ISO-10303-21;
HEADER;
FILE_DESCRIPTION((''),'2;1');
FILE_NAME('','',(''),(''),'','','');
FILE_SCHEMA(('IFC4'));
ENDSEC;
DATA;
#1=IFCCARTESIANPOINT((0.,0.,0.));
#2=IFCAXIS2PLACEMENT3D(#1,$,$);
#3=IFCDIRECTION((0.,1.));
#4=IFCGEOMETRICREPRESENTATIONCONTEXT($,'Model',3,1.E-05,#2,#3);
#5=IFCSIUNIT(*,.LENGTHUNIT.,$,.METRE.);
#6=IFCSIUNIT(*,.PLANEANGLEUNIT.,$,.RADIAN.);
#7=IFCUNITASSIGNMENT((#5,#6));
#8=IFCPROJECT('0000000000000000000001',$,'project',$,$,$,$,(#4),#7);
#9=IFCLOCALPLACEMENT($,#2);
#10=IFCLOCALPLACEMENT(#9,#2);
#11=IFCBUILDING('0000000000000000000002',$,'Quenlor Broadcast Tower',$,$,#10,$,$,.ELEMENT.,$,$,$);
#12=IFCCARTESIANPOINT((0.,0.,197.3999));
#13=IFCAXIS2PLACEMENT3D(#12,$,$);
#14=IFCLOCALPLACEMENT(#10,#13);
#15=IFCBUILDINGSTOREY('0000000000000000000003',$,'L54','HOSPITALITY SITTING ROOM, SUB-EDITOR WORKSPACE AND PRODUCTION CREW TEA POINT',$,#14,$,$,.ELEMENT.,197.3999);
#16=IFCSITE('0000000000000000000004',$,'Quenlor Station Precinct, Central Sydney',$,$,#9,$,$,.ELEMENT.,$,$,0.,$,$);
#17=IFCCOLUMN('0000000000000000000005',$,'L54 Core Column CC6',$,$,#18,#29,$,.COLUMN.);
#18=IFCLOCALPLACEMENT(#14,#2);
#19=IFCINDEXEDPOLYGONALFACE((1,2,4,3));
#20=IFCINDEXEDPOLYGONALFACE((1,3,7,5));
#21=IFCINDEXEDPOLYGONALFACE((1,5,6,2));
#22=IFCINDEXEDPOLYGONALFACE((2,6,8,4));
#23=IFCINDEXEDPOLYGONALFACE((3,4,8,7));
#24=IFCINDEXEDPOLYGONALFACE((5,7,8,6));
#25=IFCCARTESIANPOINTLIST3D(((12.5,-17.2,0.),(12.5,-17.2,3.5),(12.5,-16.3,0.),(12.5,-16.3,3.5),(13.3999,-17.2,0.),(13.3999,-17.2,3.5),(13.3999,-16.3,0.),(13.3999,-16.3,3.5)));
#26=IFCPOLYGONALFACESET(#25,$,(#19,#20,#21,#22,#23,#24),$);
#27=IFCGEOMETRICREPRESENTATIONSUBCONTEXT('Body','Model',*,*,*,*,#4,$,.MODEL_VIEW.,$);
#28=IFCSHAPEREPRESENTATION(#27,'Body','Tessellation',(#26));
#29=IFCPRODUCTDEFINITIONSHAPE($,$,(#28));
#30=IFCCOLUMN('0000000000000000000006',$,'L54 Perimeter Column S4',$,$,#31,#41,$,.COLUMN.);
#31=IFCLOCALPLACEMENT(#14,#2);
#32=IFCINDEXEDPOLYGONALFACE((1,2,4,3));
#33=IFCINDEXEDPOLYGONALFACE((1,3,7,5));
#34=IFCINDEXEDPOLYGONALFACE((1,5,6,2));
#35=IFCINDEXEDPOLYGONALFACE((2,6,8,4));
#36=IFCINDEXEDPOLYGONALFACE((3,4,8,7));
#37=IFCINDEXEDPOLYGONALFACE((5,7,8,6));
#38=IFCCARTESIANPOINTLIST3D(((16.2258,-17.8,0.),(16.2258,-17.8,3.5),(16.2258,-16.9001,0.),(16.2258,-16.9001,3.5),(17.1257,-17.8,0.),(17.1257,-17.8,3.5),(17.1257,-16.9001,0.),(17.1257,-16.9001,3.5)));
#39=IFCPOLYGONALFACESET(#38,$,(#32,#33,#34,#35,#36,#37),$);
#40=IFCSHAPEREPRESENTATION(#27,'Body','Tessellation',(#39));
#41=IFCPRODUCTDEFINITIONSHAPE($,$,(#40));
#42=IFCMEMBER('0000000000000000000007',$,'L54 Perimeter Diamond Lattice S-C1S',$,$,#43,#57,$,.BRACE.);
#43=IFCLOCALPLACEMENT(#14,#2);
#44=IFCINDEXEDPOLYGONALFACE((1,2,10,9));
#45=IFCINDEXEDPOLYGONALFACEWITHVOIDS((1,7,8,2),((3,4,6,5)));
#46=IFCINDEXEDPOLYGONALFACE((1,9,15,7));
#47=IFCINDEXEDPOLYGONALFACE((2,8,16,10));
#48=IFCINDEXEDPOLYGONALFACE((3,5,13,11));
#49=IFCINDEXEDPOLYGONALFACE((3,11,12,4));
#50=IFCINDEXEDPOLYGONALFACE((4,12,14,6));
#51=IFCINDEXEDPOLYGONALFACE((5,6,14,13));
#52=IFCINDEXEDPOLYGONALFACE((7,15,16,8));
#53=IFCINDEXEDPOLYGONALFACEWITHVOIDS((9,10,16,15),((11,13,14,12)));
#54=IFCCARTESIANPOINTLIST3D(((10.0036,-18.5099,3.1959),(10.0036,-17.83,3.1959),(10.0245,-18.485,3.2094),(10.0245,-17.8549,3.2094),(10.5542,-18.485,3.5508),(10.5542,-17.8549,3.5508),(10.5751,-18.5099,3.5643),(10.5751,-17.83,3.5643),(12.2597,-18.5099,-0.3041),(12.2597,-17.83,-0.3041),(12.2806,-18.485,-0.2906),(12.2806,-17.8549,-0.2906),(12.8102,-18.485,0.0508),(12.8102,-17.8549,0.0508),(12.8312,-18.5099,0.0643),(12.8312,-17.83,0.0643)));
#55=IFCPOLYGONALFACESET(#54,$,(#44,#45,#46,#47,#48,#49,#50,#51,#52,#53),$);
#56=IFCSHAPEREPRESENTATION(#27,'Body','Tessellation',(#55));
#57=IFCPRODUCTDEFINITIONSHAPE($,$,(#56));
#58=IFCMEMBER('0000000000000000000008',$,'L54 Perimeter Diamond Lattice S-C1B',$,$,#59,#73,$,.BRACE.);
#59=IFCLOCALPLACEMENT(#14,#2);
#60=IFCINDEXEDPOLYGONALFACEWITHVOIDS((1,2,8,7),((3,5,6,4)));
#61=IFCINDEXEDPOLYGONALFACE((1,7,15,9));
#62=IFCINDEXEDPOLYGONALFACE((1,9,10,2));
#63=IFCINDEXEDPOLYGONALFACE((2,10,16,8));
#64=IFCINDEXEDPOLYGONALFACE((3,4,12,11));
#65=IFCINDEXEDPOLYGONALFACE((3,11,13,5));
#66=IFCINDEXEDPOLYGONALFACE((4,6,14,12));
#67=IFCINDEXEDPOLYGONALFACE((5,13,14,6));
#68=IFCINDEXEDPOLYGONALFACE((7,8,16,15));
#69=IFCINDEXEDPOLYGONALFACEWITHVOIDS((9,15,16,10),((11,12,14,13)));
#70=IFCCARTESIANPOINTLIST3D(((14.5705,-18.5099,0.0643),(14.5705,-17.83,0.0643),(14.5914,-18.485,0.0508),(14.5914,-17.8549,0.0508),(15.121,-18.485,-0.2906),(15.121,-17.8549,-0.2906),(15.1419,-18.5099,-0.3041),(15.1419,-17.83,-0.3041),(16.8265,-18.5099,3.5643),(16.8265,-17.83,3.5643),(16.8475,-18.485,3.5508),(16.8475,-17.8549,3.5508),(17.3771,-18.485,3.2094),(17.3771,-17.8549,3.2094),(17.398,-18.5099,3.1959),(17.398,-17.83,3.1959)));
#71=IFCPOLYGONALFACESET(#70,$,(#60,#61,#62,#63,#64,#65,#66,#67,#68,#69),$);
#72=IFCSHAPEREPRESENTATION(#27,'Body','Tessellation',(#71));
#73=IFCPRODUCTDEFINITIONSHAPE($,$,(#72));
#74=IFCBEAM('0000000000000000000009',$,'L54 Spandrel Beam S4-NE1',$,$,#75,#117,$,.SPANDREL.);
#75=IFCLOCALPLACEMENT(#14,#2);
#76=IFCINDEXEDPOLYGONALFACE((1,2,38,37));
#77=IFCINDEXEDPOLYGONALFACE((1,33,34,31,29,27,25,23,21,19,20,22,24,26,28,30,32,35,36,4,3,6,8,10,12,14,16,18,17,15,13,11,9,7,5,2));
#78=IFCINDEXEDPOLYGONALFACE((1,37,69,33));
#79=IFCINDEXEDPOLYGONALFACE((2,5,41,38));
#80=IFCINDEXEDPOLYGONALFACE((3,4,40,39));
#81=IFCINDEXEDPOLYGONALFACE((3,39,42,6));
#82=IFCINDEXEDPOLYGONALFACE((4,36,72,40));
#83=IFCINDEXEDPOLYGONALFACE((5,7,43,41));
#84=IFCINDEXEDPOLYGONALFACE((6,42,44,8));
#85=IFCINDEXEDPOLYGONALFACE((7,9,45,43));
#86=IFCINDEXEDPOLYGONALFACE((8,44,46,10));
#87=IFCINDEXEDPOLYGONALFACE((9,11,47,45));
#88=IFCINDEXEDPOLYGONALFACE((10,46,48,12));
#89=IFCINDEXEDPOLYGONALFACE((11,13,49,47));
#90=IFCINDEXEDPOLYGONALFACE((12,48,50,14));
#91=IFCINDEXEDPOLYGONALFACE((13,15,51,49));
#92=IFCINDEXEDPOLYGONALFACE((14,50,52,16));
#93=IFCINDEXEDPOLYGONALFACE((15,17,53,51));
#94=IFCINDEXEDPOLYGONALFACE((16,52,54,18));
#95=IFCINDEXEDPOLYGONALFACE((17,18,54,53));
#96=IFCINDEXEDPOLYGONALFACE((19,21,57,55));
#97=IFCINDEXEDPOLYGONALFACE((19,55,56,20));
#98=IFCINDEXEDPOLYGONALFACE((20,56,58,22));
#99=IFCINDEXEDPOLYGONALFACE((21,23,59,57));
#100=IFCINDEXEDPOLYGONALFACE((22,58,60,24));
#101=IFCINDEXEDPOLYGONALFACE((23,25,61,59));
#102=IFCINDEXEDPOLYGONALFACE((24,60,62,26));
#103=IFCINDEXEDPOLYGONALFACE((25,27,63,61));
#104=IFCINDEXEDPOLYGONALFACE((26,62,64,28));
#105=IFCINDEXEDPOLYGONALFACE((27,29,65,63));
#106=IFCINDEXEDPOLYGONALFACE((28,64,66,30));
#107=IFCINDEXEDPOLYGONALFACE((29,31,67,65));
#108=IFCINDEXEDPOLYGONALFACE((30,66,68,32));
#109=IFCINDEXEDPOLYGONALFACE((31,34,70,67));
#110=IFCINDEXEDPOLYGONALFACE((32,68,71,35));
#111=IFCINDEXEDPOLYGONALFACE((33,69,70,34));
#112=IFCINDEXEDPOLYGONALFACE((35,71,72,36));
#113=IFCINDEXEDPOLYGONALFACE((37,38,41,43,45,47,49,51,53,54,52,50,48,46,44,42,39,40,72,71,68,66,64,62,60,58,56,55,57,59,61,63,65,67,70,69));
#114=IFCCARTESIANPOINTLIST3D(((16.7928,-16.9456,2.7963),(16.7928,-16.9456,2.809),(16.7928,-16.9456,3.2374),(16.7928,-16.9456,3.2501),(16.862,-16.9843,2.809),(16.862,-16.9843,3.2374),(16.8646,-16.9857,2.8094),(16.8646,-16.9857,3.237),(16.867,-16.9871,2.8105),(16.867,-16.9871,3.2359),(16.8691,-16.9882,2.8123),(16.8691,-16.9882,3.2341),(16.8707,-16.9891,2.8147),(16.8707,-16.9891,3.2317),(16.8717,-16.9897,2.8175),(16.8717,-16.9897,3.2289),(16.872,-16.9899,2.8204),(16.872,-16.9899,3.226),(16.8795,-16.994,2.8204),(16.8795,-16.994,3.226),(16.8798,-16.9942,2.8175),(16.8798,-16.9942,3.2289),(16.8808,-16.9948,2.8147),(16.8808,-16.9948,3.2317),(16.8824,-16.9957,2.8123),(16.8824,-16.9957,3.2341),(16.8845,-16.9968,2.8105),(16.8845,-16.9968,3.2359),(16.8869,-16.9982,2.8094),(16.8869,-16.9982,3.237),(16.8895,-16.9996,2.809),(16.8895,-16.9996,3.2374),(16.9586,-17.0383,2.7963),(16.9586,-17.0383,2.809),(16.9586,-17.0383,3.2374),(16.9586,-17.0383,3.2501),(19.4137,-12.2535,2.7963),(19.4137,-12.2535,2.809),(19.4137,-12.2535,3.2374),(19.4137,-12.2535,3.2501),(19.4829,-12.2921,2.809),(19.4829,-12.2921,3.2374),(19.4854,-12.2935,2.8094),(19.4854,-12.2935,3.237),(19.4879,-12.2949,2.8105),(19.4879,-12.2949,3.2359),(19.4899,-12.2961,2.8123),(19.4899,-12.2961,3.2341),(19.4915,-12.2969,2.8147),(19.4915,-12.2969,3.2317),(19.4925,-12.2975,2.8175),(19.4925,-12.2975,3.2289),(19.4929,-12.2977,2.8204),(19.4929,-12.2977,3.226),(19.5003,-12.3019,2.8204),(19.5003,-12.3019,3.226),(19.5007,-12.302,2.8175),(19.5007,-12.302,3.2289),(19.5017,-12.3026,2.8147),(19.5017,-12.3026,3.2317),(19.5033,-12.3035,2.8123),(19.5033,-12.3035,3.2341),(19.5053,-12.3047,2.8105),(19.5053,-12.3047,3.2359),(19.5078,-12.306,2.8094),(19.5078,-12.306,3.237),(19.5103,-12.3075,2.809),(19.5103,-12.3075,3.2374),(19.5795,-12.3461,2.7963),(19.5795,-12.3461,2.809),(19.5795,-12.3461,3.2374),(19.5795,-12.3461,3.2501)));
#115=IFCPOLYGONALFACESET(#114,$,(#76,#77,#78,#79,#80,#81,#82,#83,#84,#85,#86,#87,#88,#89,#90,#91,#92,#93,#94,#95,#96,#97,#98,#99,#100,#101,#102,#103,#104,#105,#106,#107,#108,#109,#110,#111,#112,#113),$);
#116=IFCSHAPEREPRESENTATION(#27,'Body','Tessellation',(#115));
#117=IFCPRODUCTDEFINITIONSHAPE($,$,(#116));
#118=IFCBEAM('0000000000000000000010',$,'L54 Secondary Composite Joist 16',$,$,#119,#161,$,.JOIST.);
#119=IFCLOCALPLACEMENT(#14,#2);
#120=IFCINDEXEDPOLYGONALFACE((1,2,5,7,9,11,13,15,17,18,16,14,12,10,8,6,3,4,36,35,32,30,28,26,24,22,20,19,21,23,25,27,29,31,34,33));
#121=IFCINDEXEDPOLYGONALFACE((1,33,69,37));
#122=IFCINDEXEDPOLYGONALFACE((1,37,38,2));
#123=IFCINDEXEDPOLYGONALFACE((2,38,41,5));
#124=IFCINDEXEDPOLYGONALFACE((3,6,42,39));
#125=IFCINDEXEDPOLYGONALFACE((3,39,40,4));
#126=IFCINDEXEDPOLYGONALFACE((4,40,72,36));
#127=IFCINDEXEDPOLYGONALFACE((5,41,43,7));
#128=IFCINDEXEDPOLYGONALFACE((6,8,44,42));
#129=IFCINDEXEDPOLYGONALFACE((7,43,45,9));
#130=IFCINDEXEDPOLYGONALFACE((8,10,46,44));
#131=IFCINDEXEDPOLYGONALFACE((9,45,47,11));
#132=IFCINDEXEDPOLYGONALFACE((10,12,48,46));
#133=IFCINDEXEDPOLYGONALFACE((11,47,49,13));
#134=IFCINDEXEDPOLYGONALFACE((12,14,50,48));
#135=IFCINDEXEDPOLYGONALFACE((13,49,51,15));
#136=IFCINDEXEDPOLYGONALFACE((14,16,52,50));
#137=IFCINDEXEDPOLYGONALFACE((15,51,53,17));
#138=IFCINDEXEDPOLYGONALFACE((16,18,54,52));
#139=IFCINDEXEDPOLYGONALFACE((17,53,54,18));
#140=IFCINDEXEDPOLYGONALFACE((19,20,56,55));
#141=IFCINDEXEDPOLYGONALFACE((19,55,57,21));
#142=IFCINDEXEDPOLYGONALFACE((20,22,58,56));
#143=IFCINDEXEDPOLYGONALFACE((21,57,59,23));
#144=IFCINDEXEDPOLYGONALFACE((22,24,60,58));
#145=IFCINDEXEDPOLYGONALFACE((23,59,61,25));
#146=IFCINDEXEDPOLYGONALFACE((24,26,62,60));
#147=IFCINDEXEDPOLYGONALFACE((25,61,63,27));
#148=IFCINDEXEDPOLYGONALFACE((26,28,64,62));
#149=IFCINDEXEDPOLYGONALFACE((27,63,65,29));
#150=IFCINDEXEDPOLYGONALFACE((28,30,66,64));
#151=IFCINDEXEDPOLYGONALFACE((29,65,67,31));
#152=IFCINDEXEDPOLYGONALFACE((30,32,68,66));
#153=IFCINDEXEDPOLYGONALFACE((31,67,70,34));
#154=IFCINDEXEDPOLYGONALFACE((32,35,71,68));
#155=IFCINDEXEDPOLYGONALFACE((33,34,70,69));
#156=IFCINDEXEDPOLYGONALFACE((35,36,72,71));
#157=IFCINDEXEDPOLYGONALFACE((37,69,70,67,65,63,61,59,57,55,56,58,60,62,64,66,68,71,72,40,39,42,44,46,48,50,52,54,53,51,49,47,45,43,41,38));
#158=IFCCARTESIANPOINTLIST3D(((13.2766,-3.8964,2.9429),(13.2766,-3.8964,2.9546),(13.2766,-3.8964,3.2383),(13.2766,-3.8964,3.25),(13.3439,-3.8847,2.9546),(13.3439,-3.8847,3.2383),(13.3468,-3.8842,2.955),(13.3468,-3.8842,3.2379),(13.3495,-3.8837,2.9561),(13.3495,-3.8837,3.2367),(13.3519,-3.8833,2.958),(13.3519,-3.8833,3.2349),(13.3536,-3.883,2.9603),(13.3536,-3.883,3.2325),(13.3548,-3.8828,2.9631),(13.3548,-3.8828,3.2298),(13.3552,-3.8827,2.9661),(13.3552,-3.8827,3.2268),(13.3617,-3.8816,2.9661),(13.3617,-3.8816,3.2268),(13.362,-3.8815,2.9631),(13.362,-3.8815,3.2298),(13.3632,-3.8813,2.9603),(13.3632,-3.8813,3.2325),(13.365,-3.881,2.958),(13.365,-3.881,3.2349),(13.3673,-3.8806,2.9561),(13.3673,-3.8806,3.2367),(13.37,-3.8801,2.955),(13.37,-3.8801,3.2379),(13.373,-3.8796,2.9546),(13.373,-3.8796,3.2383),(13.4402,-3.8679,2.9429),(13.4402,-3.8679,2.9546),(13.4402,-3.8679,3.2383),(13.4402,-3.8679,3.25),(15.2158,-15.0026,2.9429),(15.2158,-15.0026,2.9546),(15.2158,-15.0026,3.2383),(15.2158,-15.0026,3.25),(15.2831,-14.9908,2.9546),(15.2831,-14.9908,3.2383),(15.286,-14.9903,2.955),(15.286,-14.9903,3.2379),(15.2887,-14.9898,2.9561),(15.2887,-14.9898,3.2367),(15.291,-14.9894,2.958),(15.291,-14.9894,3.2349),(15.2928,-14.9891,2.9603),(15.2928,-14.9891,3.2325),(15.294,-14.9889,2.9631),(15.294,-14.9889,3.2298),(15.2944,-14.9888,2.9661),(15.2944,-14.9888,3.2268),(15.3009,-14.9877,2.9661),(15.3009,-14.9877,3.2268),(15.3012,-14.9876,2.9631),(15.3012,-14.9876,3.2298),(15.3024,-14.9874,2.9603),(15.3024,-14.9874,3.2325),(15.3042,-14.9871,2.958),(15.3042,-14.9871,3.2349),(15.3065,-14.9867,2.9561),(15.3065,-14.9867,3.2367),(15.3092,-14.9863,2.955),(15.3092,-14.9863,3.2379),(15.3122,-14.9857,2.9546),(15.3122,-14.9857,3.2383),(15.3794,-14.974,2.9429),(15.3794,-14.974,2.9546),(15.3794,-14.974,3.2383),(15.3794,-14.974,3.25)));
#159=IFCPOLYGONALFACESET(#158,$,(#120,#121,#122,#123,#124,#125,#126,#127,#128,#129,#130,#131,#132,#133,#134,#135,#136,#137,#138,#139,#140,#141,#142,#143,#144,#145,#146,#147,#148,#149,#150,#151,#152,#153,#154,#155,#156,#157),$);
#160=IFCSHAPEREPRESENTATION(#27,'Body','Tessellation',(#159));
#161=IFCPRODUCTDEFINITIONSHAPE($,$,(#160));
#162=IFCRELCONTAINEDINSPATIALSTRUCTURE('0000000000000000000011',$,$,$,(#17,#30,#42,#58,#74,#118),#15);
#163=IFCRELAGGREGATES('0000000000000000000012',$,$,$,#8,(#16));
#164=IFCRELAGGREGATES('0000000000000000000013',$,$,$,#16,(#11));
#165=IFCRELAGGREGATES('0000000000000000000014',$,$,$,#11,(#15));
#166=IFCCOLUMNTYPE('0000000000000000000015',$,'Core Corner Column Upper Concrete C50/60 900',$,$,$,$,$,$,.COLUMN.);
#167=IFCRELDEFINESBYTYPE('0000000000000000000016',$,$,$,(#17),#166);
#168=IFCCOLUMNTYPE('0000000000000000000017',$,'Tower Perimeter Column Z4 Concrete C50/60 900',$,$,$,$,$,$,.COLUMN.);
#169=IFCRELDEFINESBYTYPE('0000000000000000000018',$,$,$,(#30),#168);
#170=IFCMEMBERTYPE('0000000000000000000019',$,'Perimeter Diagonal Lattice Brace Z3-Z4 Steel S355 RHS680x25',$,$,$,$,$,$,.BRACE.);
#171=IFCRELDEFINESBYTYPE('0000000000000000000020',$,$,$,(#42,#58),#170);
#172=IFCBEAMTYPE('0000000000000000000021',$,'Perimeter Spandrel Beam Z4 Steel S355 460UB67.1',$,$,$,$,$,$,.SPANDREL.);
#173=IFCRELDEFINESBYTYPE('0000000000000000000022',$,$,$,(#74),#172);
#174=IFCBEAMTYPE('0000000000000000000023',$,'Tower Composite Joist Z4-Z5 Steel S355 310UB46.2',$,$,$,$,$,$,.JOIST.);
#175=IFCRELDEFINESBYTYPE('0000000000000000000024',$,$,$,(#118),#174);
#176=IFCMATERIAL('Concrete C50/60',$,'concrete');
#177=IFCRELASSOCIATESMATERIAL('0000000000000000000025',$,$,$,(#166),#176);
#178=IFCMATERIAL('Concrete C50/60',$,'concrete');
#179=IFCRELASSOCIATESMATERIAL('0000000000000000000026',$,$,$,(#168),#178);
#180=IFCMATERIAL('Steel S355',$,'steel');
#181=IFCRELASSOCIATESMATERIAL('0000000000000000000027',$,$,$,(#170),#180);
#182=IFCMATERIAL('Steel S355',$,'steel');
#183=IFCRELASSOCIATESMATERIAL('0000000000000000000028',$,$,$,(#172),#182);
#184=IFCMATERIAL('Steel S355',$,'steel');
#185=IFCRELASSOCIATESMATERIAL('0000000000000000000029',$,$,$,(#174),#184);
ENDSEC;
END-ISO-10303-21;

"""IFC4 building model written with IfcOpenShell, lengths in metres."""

from ifc_helpers import new_model, si_unit, direction, frame, origin, origin_2d, place, context, subcontext, project, spatial, rectangle, hollow_rectangle, i_section, extrude, material, material_profile, profile_set, type_object, element, save


model = new_model("IFC4")

# Units and contexts
model_context = context("Model", 3, precision=1e-05, world=origin(), true_north=direction((0.0, 1.0)))
body_context = subcontext(model_context, "Body", "Model", "MODEL_VIEW")
ifc_project = project(units=[si_unit("LENGTHUNIT", "METRE"), si_unit("PLANEANGLEUNIT", "RADIAN")], contexts=[model_context])

# Site, building, storey
site_placement = place(None, origin())
site = spatial("IfcSite", under=ifc_project, at=site_placement, Name="Quenlor Station Precinct, Central Sydney", CompositionType="ELEMENT", RefElevation=0.0)
building_placement = place(site_placement, origin())
building = spatial("IfcBuilding", under=site, at=building_placement, Name="Quenlor Broadcast Tower", CompositionType="ELEMENT")
storey_placement = place(building_placement, frame((0.0, 0.0, 197.3999)))
storey = spatial("IfcBuildingStorey", under=building, at=storey_placement, Name="L54", Description="HOSPITALITY SITTING ROOM, SUB-EDITOR WORKSPACE AND PRODUCTION CREW TEA POINT", CompositionType="ELEMENT", Elevation=197.3999)

# Columns
ifc_material_1 = material(Name="Concrete C50/60", Category="concrete")
ifc_material_profile_1 = material_profile(ifc_material_1, rectangle(XDim=0.8999, YDim=0.8999, at=origin_2d()))
ifc_profile_set_1 = profile_set([ifc_material_profile_1], Name="Concrete C50/60 RC900x900")
column_type_1 = type_object("IfcColumnType", Name="Core Corner Column Upper Concrete C50/60 900", PredefinedType="COLUMN", material=ifc_profile_set_1)
column_1_placement = place(storey_placement, frame((12.95, -16.75, 0.0), z_axis=(0.0, 0.0, 1.0), x_axis=(1.0, 0.0, 0.0)))
element("IfcColumn", 1, at=column_1_placement, inside=storey, type_object=column_type_1, Name="L54 Core Column CC6", PredefinedType="COLUMN", context=body_context, shape_type="SweptSolid", body=[
    extrude(rectangle(XDim=0.8999, YDim=0.8999, at=origin_2d()), origin(), (0.0, 0.0, 1.0), 3.5),
])
ifc_material_2 = material(Name="Concrete C50/60", Category="concrete")
ifc_material_profile_2 = material_profile(ifc_material_2, rectangle(XDim=0.8999, YDim=0.8999, at=origin_2d()))
ifc_profile_set_2 = profile_set([ifc_material_profile_2], Name="Concrete C50/60 RC900x900")
column_type_2 = type_object("IfcColumnType", Name="Tower Perimeter Column Z4 Concrete C50/60 900", PredefinedType="COLUMN", material=ifc_profile_set_2)
column_2_placement = place(storey_placement, frame((16.6758, -17.3501, 0.0), z_axis=(0.0, 0.0, 1.0), x_axis=(0.0, 1.0, 0.0)))
element("IfcColumn", 2, at=column_2_placement, inside=storey, type_object=column_type_2, Name="L54 Perimeter Column S4", PredefinedType="COLUMN", context=body_context, shape_type="SweptSolid", body=[
    extrude(rectangle(XDim=0.8999, YDim=0.8999, at=origin_2d()), origin(), (0.0, 0.0, 1.0), 3.5),
])

# Members
ifc_material_3 = material(Name="Steel S355", Category="steel")
ifc_material_profile_3 = material_profile(ifc_material_3, hollow_rectangle(XDim=0.6799, YDim=0.6799, WallThickness=0.0249, at=origin_2d()))
ifc_profile_set_3 = profile_set([ifc_material_profile_3], Name="Steel S355 RHS680x680x25")
member_type = type_object("IfcMemberType", Name="Perimeter Diagonal Lattice Brace Z3-Z4 Steel S355 RHS680x25", PredefinedType="BRACE", material=ifc_profile_set_3)
for number, where, z_axis, x_axis, name in (
    (3, (12.5454, -18.1699, -0.1199), (-0.541794, 0.0, 0.840511), (0.0, -1.0, 0.0), "L54 Perimeter Diamond Lattice S-C1S"),
    (4, (14.8562, -18.1699, -0.1199), (0.541794, 0.0, 0.840511), (0.0, 1.0, 0.0), "L54 Perimeter Diamond Lattice S-C1B"),
):
    element("IfcMember", number, at=place(storey_placement, frame(where, z_axis=z_axis, x_axis=x_axis)), inside=storey, type_object=member_type, Name=name, PredefinedType="BRACE", context=body_context, shape_type="SweptSolid", body=[
        extrude(hollow_rectangle(XDim=0.6799, YDim=0.6799, WallThickness=0.0249, at=origin_2d()), origin(), (0.0, 0.0, 1.0), 4.1641),
    ])

# Beams
ifc_material_4 = material(Name="Steel S355", Category="steel")
ifc_material_profile_4 = material_profile(ifc_material_4, i_section(OverallWidth=0.1899, OverallDepth=0.4539, WebThickness=0.0085, FlangeThickness=0.0127, FilletRadius=0.0115, at=origin_2d()))
ifc_profile_set_4 = profile_set([ifc_material_profile_4], Name="Steel S355 460UB67.1")
beam_type_1 = type_object("IfcBeamType", Name="Perimeter Spandrel Beam Z4 Steel S355 460UB67.1", PredefinedType="SPANDREL", material=ifc_profile_set_4)
beam_1_placement = place(storey_placement, frame((16.8757, -16.9919, 3.0232), z_axis=(0.487647, 0.873041, 0.0), x_axis=(-0.873041, 0.487647, 0.0)))
element("IfcBeam", 5, at=beam_1_placement, inside=storey, type_object=beam_type_1, Name="L54 Spandrel Beam S4-NE1", PredefinedType="SPANDREL", context=body_context, shape_type="SweptSolid", body=[
    extrude(i_section(OverallWidth=0.1899, OverallDepth=0.4539, WebThickness=0.0085, FlangeThickness=0.0127, FilletRadius=0.0115, at=origin_2d()), origin(), (0.0, 0.0, 1.0), 5.3745),
])
ifc_material_5 = material(Name="Steel S355", Category="steel")
ifc_material_profile_5 = material_profile(ifc_material_5, i_section(OverallWidth=0.166, OverallDepth=0.3071, WebThickness=0.0066, FlangeThickness=0.0117, FilletRadius=0.0115, at=origin_2d()))
ifc_profile_set_5 = profile_set([ifc_material_profile_5], Name="Steel S355 310UB46.2")
beam_type_2 = type_object("IfcBeamType", Name="Tower Composite Joist Z4-Z5 Steel S355 310UB46.2", PredefinedType="JOIST", material=ifc_profile_set_5)
beam_2_placement = place(storey_placement, frame((15.2976, -14.9883, 3.0964), z_axis=(-0.172004, 0.985096, 0.0), x_axis=(-0.985096, -0.172004, 0.0)))
element("IfcBeam", 6, at=beam_2_placement, inside=storey, type_object=beam_type_2, Name="L54 Secondary Composite Joist 16", PredefinedType="JOIST", context=body_context, shape_type="SweptSolid", body=[
    extrude(i_section(OverallWidth=0.166, OverallDepth=0.3071, WebThickness=0.0066, FlangeThickness=0.0117, FilletRadius=0.0115, at=origin_2d()), origin(), (0.0, 0.0, 1.0), 11.2742),
])

save(model, "model.ifc")
